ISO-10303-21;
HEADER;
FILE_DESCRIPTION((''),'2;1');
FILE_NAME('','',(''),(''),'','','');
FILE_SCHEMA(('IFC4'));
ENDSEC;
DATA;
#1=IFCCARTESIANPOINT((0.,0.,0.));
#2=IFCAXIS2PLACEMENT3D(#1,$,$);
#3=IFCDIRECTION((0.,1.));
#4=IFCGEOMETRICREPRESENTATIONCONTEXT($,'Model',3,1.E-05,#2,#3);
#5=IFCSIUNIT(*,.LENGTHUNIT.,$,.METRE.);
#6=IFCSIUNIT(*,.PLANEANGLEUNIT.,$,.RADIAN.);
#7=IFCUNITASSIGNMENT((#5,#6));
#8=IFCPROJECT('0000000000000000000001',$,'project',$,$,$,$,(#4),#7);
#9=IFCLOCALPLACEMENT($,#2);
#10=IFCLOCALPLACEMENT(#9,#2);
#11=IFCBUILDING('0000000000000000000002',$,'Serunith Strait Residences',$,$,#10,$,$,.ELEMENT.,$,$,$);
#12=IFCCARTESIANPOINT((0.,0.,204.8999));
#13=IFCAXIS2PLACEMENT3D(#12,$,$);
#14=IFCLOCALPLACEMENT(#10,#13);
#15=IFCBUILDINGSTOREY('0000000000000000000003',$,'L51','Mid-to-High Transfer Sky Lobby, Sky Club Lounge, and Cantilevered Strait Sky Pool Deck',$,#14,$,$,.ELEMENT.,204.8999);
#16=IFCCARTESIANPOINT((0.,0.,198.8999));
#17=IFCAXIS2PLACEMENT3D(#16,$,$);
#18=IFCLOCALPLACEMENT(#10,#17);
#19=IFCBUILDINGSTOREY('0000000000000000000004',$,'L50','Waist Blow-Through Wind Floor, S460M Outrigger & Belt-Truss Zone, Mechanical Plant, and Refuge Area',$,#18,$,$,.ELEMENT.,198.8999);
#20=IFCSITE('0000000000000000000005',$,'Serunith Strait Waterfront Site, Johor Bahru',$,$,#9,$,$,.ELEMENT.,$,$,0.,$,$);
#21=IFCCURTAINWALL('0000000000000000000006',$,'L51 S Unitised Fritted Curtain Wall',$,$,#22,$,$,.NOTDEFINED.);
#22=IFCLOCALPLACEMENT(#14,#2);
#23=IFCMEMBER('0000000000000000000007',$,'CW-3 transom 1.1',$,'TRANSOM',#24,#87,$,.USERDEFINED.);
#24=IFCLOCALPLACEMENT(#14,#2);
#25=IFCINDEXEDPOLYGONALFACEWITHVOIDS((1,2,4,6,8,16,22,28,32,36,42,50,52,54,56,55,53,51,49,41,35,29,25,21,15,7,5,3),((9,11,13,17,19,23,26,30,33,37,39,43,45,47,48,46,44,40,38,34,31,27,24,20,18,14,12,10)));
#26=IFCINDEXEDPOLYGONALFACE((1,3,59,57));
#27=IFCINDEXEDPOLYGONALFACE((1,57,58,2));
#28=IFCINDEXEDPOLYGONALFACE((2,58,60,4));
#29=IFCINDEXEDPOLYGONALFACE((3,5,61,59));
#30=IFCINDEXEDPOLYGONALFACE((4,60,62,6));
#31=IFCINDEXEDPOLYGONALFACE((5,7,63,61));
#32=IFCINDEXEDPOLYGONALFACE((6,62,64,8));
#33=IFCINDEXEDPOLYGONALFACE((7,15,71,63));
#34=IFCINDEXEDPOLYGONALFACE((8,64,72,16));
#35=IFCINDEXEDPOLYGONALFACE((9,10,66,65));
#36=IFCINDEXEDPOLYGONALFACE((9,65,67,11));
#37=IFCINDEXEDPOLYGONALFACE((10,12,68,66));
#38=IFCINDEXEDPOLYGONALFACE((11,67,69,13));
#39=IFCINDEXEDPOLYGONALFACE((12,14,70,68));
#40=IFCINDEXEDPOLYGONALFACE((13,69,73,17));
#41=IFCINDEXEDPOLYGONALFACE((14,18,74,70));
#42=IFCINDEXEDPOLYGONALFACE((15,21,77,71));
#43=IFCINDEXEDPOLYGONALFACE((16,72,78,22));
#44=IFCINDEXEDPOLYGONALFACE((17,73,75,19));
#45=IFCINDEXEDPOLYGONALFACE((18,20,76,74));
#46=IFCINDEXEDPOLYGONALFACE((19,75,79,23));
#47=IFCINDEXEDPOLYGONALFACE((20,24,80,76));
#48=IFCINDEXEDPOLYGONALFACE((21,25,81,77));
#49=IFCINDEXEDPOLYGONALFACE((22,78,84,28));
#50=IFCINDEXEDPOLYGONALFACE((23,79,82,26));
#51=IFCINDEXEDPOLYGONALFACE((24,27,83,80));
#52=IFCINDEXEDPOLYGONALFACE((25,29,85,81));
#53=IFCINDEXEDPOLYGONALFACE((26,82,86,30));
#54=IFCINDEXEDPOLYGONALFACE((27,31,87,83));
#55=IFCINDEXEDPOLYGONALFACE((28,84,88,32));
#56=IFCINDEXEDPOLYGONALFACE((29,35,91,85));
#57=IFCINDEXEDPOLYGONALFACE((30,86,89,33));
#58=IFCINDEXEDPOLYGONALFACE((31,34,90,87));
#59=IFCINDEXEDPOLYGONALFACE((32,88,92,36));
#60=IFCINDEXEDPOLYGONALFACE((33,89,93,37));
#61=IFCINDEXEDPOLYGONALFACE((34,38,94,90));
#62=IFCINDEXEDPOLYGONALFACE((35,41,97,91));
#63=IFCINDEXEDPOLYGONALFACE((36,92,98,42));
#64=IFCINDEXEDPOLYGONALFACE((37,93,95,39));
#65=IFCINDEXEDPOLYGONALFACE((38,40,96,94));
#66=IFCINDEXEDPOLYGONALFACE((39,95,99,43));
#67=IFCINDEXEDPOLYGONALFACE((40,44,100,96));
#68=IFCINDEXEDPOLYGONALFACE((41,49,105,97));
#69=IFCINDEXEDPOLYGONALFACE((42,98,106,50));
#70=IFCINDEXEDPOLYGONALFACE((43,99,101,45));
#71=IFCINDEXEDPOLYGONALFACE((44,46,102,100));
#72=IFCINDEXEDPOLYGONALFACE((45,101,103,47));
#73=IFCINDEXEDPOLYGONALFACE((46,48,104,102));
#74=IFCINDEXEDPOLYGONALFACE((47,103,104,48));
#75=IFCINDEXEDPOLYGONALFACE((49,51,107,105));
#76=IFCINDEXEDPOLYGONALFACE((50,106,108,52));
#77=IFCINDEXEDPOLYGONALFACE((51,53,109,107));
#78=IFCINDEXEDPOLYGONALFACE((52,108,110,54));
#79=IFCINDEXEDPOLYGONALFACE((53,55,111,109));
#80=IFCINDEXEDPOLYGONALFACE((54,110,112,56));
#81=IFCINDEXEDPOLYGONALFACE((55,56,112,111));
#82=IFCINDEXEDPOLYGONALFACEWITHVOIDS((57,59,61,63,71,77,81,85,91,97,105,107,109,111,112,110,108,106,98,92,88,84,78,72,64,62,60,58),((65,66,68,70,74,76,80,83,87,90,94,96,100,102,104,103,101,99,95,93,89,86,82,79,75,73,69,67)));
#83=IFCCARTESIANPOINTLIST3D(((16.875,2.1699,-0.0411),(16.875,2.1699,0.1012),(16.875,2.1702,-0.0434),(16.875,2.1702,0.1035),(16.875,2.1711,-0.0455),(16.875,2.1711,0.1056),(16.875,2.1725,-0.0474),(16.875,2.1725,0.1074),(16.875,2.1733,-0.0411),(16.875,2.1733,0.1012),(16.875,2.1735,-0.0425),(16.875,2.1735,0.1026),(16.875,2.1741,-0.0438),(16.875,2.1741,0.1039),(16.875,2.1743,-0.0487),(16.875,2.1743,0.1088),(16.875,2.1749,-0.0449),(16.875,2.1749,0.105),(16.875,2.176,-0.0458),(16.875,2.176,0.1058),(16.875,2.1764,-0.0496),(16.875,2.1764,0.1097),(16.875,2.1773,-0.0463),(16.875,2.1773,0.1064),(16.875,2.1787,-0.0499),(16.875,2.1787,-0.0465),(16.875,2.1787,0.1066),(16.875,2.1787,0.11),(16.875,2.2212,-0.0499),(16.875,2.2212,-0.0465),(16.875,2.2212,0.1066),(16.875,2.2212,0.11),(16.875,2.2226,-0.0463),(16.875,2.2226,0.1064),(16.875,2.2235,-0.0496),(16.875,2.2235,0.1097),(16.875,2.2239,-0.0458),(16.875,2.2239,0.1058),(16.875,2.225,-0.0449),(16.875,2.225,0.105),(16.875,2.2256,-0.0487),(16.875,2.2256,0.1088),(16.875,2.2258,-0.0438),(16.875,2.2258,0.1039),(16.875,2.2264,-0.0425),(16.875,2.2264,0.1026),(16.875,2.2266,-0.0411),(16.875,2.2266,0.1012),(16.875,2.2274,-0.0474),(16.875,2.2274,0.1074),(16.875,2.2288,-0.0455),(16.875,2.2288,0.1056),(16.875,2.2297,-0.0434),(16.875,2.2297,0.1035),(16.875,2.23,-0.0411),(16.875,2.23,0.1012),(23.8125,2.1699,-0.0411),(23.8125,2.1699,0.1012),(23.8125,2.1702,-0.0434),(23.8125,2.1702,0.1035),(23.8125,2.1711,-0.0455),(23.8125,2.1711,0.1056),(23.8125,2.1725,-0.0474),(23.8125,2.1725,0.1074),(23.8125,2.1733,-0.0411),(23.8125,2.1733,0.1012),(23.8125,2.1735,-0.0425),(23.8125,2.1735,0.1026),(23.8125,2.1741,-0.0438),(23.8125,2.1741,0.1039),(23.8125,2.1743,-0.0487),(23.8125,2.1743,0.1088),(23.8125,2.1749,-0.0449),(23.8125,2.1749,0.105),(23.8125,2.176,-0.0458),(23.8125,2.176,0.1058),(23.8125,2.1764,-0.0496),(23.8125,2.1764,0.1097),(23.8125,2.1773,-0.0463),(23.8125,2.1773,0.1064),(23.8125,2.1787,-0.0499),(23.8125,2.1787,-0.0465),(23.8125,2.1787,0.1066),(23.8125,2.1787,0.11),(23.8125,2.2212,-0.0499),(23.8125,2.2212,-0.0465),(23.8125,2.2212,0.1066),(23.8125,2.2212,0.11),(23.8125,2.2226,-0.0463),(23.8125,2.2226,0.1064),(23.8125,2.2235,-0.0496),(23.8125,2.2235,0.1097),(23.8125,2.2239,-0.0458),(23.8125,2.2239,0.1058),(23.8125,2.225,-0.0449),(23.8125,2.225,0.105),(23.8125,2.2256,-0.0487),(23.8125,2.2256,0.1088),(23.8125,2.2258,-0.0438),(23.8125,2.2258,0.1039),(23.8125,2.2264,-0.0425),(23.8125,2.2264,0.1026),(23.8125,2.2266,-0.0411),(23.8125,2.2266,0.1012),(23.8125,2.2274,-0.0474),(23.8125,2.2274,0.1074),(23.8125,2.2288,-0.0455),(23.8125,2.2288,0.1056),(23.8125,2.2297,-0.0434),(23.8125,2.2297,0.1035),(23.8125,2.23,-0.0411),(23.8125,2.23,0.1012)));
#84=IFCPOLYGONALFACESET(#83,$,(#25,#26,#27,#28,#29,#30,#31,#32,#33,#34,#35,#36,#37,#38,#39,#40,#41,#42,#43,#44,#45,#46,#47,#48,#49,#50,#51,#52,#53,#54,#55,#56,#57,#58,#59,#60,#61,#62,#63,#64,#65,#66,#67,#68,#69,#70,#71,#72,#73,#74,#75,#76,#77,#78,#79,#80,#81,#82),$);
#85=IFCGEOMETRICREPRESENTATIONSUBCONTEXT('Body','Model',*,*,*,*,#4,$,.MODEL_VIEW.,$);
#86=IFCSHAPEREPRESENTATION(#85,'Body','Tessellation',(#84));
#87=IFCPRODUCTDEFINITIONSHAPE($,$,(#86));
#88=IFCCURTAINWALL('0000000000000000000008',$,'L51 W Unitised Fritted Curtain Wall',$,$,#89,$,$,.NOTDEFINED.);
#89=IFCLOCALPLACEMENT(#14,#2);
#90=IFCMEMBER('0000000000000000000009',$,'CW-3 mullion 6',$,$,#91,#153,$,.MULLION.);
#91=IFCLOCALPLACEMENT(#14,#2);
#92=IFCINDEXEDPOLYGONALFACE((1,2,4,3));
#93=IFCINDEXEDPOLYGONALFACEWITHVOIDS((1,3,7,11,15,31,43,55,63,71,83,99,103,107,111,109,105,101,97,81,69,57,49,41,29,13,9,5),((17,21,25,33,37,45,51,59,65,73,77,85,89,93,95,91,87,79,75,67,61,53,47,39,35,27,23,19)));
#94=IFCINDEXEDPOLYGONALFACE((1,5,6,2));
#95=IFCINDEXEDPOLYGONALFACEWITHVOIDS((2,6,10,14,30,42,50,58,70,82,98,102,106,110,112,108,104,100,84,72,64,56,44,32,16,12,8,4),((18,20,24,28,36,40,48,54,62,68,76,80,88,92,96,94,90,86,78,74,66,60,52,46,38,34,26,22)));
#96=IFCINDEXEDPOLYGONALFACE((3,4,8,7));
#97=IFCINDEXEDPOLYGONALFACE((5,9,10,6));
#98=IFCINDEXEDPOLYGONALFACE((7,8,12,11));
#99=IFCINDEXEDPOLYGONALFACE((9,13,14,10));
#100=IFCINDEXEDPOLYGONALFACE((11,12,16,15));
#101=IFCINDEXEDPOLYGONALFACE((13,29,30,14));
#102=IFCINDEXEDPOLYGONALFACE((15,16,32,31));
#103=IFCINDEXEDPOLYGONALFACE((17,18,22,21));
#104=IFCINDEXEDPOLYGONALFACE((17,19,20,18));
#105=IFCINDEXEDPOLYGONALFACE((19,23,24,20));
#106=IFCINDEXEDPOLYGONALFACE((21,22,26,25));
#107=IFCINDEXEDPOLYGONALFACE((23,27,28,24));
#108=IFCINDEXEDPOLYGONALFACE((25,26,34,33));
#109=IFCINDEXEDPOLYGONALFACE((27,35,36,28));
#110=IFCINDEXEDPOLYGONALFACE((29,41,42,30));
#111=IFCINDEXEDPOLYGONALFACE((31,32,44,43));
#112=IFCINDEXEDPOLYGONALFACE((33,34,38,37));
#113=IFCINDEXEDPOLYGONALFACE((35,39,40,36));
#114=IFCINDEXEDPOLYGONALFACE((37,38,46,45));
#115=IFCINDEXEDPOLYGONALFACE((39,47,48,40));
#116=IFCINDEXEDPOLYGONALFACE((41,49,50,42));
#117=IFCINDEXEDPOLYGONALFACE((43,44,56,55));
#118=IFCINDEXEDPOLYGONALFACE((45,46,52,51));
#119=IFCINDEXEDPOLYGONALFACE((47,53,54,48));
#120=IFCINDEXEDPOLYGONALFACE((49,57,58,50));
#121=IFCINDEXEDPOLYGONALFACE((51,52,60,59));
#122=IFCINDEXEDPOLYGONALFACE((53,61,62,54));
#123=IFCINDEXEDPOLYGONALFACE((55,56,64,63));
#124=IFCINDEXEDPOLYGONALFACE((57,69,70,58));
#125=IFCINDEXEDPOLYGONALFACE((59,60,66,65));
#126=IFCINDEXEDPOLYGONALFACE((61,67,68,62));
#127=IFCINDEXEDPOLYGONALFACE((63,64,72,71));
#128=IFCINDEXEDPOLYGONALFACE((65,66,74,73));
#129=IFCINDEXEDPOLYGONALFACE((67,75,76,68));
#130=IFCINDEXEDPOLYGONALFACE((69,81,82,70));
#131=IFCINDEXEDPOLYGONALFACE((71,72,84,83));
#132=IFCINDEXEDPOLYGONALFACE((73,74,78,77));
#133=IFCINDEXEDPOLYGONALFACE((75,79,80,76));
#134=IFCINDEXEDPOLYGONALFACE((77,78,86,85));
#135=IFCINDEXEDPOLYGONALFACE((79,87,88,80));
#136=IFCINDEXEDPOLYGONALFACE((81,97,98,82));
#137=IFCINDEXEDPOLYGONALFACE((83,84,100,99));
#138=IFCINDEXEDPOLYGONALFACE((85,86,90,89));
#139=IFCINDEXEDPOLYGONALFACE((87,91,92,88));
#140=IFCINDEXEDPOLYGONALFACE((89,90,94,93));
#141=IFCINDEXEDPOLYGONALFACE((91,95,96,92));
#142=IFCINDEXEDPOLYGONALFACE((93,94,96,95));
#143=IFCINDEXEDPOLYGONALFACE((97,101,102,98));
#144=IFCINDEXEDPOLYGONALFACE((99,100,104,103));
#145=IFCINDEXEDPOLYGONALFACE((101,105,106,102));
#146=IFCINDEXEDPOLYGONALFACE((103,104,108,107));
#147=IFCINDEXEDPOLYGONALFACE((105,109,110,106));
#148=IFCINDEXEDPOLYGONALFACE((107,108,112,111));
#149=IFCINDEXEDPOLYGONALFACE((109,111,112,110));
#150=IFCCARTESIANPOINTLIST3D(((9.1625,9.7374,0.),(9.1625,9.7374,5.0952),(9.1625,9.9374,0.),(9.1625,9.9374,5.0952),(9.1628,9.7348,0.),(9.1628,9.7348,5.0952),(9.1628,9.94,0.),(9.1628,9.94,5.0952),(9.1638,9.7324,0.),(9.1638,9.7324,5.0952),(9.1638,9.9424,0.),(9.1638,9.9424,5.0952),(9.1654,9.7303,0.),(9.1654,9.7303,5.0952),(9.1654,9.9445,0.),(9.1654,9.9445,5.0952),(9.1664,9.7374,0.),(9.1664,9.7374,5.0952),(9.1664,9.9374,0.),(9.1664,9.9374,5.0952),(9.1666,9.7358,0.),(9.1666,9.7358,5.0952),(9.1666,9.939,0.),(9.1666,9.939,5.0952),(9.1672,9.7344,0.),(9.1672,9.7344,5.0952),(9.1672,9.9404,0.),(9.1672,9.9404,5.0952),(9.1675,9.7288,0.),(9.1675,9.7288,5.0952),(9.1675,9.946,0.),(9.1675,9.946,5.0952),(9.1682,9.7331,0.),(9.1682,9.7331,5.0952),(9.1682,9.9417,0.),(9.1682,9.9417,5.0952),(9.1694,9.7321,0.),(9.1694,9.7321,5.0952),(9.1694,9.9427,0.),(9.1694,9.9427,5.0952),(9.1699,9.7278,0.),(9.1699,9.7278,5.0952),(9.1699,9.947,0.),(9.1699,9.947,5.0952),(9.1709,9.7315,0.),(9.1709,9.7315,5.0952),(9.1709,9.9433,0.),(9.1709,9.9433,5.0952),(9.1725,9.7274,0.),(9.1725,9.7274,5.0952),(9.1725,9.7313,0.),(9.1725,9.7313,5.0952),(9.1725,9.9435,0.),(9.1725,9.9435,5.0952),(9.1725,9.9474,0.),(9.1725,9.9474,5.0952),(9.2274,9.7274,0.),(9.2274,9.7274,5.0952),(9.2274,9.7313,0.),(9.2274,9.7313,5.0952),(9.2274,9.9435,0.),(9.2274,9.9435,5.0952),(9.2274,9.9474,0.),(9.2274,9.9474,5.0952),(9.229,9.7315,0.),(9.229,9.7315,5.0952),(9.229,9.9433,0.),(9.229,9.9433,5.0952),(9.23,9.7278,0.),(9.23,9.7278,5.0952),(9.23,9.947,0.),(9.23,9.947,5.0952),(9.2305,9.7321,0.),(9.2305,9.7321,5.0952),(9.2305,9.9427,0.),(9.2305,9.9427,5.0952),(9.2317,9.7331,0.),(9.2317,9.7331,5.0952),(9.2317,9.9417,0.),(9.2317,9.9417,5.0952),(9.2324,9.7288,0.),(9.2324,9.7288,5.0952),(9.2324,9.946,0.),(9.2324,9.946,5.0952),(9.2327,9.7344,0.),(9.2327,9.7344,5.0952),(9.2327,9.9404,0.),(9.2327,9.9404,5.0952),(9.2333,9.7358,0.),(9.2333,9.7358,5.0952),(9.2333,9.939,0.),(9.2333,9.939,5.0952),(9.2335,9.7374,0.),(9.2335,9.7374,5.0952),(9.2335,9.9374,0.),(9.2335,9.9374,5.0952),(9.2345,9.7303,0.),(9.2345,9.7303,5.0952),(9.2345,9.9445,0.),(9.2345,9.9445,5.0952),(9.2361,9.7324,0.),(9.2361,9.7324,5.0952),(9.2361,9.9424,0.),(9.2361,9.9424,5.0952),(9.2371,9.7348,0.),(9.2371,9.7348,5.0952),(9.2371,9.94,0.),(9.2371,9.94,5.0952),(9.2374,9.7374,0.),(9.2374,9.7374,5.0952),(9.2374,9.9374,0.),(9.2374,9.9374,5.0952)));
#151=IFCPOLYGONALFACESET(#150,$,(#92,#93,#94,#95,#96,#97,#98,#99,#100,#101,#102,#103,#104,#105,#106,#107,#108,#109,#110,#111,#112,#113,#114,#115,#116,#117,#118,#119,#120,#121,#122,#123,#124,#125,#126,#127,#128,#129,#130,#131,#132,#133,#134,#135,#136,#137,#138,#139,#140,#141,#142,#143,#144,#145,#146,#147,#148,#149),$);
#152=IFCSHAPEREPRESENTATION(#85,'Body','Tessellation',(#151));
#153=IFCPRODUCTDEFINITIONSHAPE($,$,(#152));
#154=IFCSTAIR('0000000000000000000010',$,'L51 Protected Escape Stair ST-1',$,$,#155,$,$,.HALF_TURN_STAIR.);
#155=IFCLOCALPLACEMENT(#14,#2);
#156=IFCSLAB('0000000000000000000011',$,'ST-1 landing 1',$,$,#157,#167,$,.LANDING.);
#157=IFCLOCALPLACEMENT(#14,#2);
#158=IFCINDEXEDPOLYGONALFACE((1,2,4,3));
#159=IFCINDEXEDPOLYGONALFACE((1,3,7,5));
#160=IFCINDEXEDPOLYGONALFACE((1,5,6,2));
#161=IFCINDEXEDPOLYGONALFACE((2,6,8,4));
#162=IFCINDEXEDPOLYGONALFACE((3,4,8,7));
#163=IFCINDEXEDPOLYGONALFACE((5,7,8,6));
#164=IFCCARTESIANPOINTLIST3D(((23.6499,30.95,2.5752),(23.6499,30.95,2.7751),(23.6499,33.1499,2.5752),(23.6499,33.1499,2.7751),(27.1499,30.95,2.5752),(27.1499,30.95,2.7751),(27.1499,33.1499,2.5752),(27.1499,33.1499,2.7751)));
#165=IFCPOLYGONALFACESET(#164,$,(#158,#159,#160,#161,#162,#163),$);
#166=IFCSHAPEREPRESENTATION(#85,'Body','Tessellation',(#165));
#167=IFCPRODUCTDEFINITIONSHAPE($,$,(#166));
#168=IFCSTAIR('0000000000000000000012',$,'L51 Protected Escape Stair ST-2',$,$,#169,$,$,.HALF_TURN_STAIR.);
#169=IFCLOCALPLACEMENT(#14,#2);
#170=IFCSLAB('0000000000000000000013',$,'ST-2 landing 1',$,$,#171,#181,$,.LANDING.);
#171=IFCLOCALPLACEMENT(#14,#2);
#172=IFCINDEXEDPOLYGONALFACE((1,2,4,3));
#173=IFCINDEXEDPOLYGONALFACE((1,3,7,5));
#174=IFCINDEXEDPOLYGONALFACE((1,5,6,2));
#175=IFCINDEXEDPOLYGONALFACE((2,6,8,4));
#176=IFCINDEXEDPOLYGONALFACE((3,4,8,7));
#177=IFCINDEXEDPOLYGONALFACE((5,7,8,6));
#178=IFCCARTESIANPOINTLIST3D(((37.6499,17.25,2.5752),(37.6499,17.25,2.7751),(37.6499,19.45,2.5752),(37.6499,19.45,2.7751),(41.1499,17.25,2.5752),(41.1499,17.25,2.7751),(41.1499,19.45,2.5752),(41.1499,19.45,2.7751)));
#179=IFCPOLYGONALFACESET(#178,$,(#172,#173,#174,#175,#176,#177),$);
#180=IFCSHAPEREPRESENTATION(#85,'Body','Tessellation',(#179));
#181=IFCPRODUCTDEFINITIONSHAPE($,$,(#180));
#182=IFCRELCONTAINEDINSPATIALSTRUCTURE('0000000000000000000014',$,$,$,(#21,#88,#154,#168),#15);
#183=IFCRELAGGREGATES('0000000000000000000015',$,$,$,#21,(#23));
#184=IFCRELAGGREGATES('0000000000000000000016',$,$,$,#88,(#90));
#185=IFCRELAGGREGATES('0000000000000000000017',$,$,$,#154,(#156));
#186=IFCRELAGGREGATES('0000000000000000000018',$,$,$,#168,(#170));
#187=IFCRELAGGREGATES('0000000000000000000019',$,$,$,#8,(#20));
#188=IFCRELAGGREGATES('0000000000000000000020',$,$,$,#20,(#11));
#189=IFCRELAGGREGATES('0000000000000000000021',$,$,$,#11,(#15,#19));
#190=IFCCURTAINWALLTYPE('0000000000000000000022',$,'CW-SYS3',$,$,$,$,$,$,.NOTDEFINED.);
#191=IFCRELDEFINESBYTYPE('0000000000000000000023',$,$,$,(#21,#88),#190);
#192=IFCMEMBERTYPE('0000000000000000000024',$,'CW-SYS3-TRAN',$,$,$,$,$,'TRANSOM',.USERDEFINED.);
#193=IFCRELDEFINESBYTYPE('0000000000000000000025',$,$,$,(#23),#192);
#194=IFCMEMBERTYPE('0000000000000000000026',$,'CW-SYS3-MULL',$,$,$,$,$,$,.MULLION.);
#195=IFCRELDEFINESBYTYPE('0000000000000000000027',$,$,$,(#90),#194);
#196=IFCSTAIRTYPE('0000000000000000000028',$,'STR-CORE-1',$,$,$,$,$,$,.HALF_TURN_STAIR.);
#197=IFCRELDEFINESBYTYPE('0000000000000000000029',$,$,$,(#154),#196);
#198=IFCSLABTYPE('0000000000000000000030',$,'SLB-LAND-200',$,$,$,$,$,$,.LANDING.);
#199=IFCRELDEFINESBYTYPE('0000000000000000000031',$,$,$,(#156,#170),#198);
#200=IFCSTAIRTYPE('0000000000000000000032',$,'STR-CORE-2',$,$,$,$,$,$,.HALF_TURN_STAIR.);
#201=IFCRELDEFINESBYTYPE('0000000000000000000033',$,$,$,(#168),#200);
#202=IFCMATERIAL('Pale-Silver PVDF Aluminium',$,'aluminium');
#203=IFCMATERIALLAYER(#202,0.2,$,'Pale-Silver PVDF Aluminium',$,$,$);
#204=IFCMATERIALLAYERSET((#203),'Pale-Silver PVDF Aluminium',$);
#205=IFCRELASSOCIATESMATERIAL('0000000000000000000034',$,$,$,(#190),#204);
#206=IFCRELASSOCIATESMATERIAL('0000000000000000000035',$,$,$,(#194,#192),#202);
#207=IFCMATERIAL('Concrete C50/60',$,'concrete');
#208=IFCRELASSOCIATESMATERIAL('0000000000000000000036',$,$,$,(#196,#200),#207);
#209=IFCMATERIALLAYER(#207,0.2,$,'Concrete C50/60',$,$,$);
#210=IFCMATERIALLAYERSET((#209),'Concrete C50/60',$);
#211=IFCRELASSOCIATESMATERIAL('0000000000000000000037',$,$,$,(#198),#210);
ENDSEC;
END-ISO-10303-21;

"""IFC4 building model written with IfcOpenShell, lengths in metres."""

from ifc_helpers import new_model, si_unit, direction, frame, origin, origin_2d, place, context, subcontext, project, spatial, polyline, hollow_rectangle, outline, extrude, source, transform, mapped, material, layer, layer_set, material_profile, profile_set, type_object, element, aggregate, save


model = new_model("IFC4")

# Units and contexts
model_context = context("Model", 3, precision=1e-05, world=origin(), true_north=direction((0.0, 1.0)))
body_context = subcontext(model_context, "Body", "Model", "MODEL_VIEW")
ifc_project = project(units=[si_unit("LENGTHUNIT", "METRE"), si_unit("PLANEANGLEUNIT", "RADIAN")], contexts=[model_context])

# Site, building, storey
site_placement = place(None, origin())
site = spatial("IfcSite", under=ifc_project, at=site_placement, Name="Serunith Strait Waterfront Site, Johor Bahru", CompositionType="ELEMENT", RefElevation=0.0)
building_placement = place(site_placement, origin())
building = spatial("IfcBuilding", under=site, at=building_placement, Name="Serunith Strait Residences", CompositionType="ELEMENT")
storey_1_placement = place(building_placement, frame((0.0, 0.0, 204.8999)))
storey_1 = spatial("IfcBuildingStorey", under=building, at=storey_1_placement, Name="L51", Description="Mid-to-High Transfer Sky Lobby, Sky Club Lounge, and Cantilevered Strait Sky Pool Deck", CompositionType="ELEMENT", Elevation=204.8999)

# Curtain wall, member
ifc_material_1 = material(Name="Pale-Silver PVDF Aluminium", Category="aluminium")
ifc_layer_1 = layer(ifc_material_1, 0.2, Name="Pale-Silver PVDF Aluminium")
ifc_layer_set_1 = layer_set([ifc_layer_1], Name="Pale-Silver PVDF Aluminium")
curtain_wall_type = type_object("IfcCurtainWallType", Name="CW-SYS3", PredefinedType="NOTDEFINED", material=ifc_layer_set_1)
curtain_wall_1_placement = place(storey_1_placement, origin())
curtain_wall_1 = element("IfcCurtainWall", 1, at=curtain_wall_1_placement, inside=storey_1, type_object=curtain_wall_type, Name="L51 S Unitised Fritted Curtain Wall", PredefinedType="NOTDEFINED")
ifc_material_profile_1 = material_profile(ifc_material_1, hollow_rectangle(XDim=0.075, YDim=0.22, WallThickness=0.0039, InnerFilletRadius=0.0061, OuterFilletRadius=0.01, at=origin_2d()), Name="ALU 220x75x4")
ifc_profile_set_1 = profile_set([ifc_material_profile_1], Name="Pale-Silver PVDF Aluminium")
member_type_1 = type_object("IfcMemberType", Name="CW-SYS3-MULL", PredefinedType="MULLION", material=ifc_profile_set_1)
ifc_material_profile_2 = material_profile(ifc_material_1, hollow_rectangle(XDim=0.0601, YDim=0.1599, WallThickness=0.0034, InnerFilletRadius=0.0054, OuterFilletRadius=0.0088, at=origin_2d()), Name="ALU 160x60x3.5")
ifc_profile_set_2 = profile_set([ifc_material_profile_2], Name="Pale-Silver PVDF Aluminium")
member_type_2 = type_object("IfcMemberType", Name="CW-SYS3-TRAN", ElementType="TRANSOM", PredefinedType="USERDEFINED", material=ifc_profile_set_2)
shared_shape_1 = source(origin(), body_context, "Body", "SweptSolid", [
    extrude(hollow_rectangle(XDim=0.0601, YDim=0.1599, WallThickness=0.0034, InnerFilletRadius=0.0054, OuterFilletRadius=0.0088, at=origin_2d()), origin(), (0.0, 0.0, 1.0), 6.9375),
])
member_1_placement = place(storey_1_placement, frame((16.875, 2.2, 0.03), z_axis=(1.0, 0.0, 0.0), x_axis=(0.0, 1.0, 0.0)))
member_1 = element("IfcMember", 2, at=member_1_placement, type_object=member_type_2, Name="CW-3 transom 1.1", ObjectType="TRANSOM", PredefinedType="USERDEFINED", context=body_context, shape_type="MappedRepresentation", body=[
    mapped(shared_shape_1, transform((0.0, 0.0, 0.0), scale=1.0)),
])
aggregate(curtain_wall_1, [member_1])

# Curtain wall, member
curtain_wall_2_placement = place(storey_1_placement, origin())
curtain_wall_2 = element("IfcCurtainWall", 3, at=curtain_wall_2_placement, inside=storey_1, type_object=curtain_wall_type, Name="L51 W Unitised Fritted Curtain Wall", PredefinedType="NOTDEFINED")
shared_shape_2 = source(origin(), body_context, "Body", "SweptSolid", [
    extrude(hollow_rectangle(XDim=0.075, YDim=0.22, WallThickness=0.0039, InnerFilletRadius=0.0061, OuterFilletRadius=0.01, at=origin_2d()), origin(), (0.0, 0.0, 1.0), 5.0952),
])
member_2_placement = place(storey_1_placement, frame((9.2, 9.8374, 0.0), z_axis=(0.0, 0.0, 1.0), x_axis=(1.0, 0.0, 0.0)))
member_2 = element("IfcMember", 4, at=member_2_placement, type_object=member_type_1, Name="CW-3 mullion 6", PredefinedType="MULLION", context=body_context, shape_type="MappedRepresentation", body=[
    mapped(shared_shape_2, transform((0.0, 0.0, 0.0), scale=1.0)),
])
aggregate(curtain_wall_2, [member_2])

# Stairs, slabs
ifc_material_2 = material(Name="Concrete C50/60", Category="concrete")
stair_type_1 = type_object("IfcStairType", Name="STR-CORE-1", PredefinedType="HALF_TURN_STAIR", material=ifc_material_2)
stair_1_placement = place(storey_1_placement, origin())
stair_1 = element("IfcStair", 5, at=stair_1_placement, inside=storey_1, type_object=stair_type_1, Name="L51 Protected Escape Stair ST-1", PredefinedType="HALF_TURN_STAIR")
ifc_layer_2 = layer(ifc_material_2, 0.2, Name="Concrete C50/60")
ifc_layer_set_2 = layer_set([ifc_layer_2], Name="Concrete C50/60")
slab_type_1 = type_object("IfcSlabType", Name="SLB-LAND-200", PredefinedType="LANDING", material=ifc_layer_set_2)
slab_1_placement = place(storey_1_placement, frame((0.0, 0.0, 2.5752)))
slab_1 = element("IfcSlab", 6, at=slab_1_placement, type_object=slab_type_1, Name="ST-1 landing 1", PredefinedType="LANDING", context=body_context, shape_type="SweptSolid", body=[
    extrude(outline(polyline([(27.1499, 30.95), (27.1499, 33.1499), (23.6499, 33.1499), (23.6499, 30.95), (27.1499, 30.95)])), origin(), (0.0, 0.0, 1.0), 0.2),
])
aggregate(stair_1, [slab_1])
stair_type_2 = type_object("IfcStairType", Name="STR-CORE-2", PredefinedType="HALF_TURN_STAIR", material=ifc_material_2)
stair_2_placement = place(storey_1_placement, origin())
stair_2 = element("IfcStair", 7, at=stair_2_placement, inside=storey_1, type_object=stair_type_2, Name="L51 Protected Escape Stair ST-2", PredefinedType="HALF_TURN_STAIR")
slab_2_placement = place(storey_1_placement, frame((0.0, 0.0, 2.5752)))
slab_2 = element("IfcSlab", 8, at=slab_2_placement, type_object=slab_type_1, Name="ST-2 landing 1", PredefinedType="LANDING", context=body_context, shape_type="SweptSolid", body=[
    extrude(outline(polyline([(37.6499, 19.45), (37.6499, 17.25), (41.1499, 17.25), (41.1499, 19.45), (37.6499, 19.45)])), origin(), (0.0, 0.0, 1.0), 0.2),
])
aggregate(stair_2, [slab_2])

# Shared definitions
storey_2_placement = place(building_placement, frame((0.0, 0.0, 198.8999)))
storey_2 = spatial("IfcBuildingStorey", under=building, at=storey_2_placement, Name="L50", Description="Waist Blow-Through Wind Floor, S460M Outrigger & Belt-Truss Zone, Mechanical Plant, and Refuge Area", CompositionType="ELEMENT", Elevation=198.8999)

save(model, "model.ifc")
